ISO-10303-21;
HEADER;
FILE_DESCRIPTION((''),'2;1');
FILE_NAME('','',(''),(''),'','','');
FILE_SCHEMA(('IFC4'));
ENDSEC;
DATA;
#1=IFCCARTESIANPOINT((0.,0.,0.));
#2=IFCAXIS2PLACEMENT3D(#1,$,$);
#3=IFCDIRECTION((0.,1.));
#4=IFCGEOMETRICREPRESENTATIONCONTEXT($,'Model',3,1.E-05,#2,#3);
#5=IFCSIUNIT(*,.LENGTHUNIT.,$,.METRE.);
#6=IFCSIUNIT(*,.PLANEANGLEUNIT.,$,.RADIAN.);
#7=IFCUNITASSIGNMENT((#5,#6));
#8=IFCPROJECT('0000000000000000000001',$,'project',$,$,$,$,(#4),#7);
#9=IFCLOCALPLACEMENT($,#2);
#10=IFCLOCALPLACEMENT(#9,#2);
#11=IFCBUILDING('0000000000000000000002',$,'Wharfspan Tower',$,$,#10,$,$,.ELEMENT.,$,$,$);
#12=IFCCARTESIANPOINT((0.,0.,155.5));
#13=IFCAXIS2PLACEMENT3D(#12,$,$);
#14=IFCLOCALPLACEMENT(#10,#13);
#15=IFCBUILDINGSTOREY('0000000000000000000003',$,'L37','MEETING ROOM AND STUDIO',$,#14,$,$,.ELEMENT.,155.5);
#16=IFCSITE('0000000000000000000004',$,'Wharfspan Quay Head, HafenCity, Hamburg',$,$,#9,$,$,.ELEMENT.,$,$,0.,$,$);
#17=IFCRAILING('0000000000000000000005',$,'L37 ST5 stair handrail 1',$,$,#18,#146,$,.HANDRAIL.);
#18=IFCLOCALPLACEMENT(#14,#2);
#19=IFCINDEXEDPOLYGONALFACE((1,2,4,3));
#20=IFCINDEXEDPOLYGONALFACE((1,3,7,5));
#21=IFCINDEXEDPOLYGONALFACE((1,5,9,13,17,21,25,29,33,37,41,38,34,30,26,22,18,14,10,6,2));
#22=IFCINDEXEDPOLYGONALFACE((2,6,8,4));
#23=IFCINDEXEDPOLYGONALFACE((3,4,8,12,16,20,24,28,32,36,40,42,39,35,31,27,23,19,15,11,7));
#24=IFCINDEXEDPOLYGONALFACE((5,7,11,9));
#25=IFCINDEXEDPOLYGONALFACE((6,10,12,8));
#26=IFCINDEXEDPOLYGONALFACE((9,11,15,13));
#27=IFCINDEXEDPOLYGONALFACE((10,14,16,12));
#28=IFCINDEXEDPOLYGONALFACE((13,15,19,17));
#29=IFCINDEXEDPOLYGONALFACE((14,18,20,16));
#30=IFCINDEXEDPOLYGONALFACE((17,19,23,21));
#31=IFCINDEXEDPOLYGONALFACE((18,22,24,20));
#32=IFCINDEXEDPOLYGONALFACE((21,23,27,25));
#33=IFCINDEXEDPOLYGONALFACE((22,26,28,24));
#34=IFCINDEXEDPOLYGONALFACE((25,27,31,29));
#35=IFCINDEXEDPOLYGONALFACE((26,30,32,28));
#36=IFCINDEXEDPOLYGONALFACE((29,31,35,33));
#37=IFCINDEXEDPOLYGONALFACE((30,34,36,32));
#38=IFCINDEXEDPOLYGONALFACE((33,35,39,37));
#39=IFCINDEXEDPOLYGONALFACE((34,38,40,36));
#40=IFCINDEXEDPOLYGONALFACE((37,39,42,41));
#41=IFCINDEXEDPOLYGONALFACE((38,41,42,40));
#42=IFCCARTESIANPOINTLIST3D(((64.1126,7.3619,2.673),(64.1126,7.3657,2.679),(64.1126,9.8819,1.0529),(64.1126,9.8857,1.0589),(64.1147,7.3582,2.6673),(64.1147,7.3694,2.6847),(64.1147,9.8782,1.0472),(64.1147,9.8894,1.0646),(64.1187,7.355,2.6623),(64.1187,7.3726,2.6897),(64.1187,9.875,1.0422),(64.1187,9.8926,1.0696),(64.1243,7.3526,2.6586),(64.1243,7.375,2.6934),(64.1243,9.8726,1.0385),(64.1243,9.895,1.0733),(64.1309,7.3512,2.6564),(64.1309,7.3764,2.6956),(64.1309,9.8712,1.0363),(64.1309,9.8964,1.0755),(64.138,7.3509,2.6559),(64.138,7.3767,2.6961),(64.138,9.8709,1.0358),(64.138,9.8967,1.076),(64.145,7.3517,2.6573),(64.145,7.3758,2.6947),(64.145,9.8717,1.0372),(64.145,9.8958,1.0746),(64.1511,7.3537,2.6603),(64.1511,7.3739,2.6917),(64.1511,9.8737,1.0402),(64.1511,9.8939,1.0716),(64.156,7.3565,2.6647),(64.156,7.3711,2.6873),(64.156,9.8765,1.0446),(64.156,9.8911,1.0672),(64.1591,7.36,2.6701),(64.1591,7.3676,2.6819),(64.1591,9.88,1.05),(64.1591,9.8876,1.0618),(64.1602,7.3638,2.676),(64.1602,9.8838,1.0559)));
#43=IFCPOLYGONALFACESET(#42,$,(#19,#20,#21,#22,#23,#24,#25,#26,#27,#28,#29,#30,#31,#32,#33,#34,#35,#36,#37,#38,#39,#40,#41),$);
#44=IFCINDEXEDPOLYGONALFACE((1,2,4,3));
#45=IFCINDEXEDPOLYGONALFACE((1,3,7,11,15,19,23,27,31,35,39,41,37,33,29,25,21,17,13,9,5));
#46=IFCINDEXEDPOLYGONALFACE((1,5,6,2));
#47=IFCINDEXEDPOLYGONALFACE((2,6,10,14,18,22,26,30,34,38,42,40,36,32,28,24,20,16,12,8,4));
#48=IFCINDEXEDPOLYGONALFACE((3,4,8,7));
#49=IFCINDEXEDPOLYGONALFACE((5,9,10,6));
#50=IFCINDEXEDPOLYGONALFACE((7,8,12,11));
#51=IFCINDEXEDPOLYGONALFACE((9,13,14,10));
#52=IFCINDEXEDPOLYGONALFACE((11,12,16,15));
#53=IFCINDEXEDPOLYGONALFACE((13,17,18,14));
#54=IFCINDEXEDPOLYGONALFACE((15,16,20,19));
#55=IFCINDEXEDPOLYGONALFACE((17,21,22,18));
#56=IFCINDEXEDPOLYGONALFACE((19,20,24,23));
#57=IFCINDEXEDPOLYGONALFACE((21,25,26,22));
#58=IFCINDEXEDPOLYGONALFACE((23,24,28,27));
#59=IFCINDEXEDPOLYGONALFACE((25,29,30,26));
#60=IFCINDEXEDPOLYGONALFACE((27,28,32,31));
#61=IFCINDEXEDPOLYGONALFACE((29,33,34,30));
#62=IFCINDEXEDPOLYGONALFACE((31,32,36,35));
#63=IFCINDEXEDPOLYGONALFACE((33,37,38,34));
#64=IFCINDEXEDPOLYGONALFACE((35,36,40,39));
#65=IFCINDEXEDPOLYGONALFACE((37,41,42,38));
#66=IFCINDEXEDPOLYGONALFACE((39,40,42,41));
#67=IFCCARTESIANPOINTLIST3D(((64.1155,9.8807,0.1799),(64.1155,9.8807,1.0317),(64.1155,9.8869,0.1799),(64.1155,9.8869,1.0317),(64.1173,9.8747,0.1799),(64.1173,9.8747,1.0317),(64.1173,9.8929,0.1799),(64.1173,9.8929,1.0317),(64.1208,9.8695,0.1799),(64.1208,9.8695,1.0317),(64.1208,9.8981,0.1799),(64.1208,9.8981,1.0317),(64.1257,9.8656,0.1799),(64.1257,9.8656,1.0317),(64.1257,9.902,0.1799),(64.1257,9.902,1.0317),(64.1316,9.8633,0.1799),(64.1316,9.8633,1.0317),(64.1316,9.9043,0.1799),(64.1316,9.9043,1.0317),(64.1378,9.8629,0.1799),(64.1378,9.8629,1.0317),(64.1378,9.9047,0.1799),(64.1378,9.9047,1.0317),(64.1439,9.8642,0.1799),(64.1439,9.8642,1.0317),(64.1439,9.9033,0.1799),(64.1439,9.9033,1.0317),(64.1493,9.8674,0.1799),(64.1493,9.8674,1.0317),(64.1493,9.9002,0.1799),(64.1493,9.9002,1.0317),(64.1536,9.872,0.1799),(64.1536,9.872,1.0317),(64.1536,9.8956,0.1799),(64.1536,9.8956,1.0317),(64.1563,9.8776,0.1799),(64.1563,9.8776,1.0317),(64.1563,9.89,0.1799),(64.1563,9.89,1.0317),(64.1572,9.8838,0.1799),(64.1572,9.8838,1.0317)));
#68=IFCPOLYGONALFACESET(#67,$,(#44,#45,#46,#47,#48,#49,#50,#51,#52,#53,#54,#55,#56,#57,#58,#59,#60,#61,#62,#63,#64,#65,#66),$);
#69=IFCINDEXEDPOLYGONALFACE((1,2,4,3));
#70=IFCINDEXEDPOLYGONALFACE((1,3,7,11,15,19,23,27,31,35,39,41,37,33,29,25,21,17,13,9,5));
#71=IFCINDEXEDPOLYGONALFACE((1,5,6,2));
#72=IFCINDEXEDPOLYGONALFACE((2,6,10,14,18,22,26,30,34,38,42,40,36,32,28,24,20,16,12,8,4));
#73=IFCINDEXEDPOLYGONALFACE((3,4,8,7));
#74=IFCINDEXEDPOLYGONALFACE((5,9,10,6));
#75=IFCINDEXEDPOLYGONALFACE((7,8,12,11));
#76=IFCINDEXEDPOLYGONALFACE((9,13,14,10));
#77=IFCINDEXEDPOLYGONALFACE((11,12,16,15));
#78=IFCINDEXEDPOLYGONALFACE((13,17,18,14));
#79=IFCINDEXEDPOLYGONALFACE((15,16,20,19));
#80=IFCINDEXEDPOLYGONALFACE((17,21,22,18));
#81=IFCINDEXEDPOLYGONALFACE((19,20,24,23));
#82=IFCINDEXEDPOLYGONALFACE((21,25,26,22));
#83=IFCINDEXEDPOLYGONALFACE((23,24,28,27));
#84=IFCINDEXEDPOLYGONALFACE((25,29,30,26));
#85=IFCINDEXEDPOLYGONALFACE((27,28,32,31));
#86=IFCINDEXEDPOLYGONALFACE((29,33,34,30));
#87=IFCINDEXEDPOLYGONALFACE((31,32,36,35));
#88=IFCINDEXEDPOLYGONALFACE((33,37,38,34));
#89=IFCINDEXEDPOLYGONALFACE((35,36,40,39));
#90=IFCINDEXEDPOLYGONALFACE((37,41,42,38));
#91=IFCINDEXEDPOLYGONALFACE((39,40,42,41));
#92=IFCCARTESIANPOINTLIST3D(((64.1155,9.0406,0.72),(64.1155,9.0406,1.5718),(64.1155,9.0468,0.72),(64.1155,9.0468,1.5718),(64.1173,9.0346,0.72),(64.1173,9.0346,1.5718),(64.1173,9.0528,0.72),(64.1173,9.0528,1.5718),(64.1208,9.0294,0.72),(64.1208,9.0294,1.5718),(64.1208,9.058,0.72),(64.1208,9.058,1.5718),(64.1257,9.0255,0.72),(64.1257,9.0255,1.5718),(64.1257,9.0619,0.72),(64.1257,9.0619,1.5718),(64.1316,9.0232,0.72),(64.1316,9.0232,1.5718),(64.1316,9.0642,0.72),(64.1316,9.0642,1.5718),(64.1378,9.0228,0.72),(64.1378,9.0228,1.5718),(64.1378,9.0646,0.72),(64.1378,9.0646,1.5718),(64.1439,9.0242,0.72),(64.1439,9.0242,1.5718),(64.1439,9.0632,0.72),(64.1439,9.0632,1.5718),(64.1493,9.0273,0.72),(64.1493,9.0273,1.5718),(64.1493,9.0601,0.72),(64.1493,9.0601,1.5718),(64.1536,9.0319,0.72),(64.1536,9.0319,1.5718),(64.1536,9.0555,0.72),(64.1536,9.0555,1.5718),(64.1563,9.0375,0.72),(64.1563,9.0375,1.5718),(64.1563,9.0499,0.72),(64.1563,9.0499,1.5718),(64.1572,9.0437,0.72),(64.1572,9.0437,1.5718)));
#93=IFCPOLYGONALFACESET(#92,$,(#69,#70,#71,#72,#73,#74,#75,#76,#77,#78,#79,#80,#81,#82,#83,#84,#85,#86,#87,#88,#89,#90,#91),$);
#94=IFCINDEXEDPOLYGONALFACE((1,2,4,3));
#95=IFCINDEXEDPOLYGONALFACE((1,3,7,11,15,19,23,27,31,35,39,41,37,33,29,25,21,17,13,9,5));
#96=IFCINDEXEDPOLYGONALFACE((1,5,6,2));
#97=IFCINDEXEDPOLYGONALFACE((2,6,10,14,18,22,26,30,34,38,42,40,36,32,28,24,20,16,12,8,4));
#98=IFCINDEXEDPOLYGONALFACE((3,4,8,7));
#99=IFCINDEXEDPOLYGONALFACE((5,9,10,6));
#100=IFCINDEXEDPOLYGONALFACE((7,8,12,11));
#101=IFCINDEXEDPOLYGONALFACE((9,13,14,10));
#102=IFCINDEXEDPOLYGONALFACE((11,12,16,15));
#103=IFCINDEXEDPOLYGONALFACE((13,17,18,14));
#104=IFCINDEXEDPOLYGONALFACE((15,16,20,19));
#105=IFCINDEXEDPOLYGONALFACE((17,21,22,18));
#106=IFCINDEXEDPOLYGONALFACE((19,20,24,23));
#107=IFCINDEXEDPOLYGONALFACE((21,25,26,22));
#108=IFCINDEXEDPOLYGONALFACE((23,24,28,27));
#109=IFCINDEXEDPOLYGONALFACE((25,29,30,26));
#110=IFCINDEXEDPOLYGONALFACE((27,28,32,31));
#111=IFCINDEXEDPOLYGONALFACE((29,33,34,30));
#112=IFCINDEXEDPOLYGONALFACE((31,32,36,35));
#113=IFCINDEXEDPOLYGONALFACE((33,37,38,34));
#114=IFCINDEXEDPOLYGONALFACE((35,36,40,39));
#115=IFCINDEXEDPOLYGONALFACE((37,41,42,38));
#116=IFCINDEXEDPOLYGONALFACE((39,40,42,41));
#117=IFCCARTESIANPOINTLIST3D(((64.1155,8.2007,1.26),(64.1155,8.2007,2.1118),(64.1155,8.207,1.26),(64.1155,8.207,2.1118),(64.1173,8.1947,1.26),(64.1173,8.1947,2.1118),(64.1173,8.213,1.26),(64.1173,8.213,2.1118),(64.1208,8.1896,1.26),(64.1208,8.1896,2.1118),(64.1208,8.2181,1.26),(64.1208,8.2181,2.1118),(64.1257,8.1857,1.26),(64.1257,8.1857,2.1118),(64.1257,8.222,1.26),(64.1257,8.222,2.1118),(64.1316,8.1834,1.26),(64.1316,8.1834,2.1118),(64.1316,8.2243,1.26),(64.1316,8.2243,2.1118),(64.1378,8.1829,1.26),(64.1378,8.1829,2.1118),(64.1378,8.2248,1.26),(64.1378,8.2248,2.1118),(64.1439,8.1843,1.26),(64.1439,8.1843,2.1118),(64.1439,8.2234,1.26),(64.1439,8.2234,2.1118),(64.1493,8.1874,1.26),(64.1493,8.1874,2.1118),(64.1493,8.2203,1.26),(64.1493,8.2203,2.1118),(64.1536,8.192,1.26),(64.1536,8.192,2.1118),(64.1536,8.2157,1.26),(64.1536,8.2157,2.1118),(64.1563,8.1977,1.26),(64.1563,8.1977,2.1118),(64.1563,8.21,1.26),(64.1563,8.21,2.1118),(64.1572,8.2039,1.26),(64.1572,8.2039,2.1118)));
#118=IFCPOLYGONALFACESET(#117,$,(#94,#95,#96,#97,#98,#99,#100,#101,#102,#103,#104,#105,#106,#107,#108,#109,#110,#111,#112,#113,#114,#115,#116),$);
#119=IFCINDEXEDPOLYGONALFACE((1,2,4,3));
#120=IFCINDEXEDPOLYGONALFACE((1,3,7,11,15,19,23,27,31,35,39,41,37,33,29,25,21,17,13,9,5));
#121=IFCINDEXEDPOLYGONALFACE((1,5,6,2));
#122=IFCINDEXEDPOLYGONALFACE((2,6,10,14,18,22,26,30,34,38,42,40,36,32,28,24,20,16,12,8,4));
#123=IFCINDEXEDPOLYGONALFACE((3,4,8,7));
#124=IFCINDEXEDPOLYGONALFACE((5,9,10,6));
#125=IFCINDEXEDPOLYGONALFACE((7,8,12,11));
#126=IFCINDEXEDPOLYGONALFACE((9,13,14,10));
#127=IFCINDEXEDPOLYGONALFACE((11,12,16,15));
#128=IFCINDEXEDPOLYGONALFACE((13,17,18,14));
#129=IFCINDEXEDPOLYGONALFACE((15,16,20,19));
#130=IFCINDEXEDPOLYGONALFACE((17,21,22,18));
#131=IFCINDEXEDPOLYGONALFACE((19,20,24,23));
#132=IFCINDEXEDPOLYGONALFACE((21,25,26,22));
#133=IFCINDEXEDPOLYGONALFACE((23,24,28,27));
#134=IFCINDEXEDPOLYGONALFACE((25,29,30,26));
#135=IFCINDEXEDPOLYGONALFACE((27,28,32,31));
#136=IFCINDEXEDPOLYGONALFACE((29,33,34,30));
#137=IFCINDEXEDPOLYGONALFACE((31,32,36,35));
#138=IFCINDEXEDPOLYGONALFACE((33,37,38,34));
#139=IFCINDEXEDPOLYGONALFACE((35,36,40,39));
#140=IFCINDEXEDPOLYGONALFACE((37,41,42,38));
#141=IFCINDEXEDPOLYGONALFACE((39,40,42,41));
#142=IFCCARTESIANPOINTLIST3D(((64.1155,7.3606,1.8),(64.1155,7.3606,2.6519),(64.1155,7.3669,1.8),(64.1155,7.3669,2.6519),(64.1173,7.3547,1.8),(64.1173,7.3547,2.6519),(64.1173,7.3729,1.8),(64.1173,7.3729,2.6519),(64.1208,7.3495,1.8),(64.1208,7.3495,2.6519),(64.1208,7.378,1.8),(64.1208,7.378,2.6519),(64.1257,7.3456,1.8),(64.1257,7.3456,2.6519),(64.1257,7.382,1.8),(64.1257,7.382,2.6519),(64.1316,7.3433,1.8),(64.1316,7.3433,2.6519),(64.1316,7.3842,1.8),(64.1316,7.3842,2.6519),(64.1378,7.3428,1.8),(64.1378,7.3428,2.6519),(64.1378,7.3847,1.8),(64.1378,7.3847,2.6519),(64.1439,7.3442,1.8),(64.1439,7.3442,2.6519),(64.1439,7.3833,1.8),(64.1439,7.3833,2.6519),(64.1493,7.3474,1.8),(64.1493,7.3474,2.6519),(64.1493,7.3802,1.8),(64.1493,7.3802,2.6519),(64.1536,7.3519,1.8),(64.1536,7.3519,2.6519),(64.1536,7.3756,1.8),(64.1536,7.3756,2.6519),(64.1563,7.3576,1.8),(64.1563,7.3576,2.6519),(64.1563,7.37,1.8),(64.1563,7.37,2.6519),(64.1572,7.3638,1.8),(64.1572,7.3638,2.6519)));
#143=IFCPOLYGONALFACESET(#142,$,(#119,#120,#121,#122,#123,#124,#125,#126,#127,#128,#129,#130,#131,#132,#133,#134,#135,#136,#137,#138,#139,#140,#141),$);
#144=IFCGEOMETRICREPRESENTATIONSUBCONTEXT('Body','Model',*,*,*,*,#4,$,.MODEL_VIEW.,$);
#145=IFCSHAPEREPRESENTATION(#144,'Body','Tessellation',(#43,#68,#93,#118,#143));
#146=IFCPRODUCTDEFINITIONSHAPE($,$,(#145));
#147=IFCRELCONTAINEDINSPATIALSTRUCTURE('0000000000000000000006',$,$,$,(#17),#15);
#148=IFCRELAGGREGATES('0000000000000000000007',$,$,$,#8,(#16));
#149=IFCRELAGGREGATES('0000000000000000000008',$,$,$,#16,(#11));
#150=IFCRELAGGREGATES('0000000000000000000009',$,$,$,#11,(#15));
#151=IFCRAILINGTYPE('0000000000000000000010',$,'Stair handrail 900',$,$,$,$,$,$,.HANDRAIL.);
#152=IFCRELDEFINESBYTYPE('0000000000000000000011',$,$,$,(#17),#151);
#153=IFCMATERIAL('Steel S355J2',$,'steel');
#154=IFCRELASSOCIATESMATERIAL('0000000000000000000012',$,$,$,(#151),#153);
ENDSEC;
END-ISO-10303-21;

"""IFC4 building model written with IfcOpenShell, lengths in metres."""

from ifc_helpers import new_model, si_unit, direction, frame, origin, origin_2d, place, context, subcontext, project, spatial, circle, extrude, material, type_object, element, save


model = new_model("IFC4")

# Units and contexts
model_context = context("Model", 3, precision=1e-05, world=origin(), true_north=direction((0.0, 1.0)))
body_context = subcontext(model_context, "Body", "Model", "MODEL_VIEW")
ifc_project = project(units=[si_unit("LENGTHUNIT", "METRE"), si_unit("PLANEANGLEUNIT", "RADIAN")], contexts=[model_context])

# Site, building, storey
site_placement = place(None, origin())
site = spatial("IfcSite", under=ifc_project, at=site_placement, Name="Wharfspan Quay Head, HafenCity, Hamburg", CompositionType="ELEMENT", RefElevation=0.0)
building_placement = place(site_placement, origin())
building = spatial("IfcBuilding", under=site, at=building_placement, Name="Wharfspan Tower", CompositionType="ELEMENT")
storey_placement = place(building_placement, frame((0.0, 0.0, 155.5)))
storey = spatial("IfcBuildingStorey", under=building, at=storey_placement, Name="L37", Description="MEETING ROOM AND STUDIO", CompositionType="ELEMENT", Elevation=155.5)

# Shared definitions
ifc_material_1 = material(Name="Steel S355J2", Category="steel")

# Railing
railing_type_1 = type_object("IfcRailingType", Name="Stair handrail 900", PredefinedType="HANDRAIL", material=ifc_material_1)
railing_1_placement = place(storey_placement, frame((64.1362, 9.8838, 0.1799)))
element("IfcRailing", 1, at=railing_1_placement, inside=storey, type_object=railing_type_1, Name="L37 ST5 stair handrail 1", PredefinedType="HANDRAIL", context=body_context, shape_type="SweptSolid", body=[
    extrude(circle(Radius=0.0239, at=origin_2d()), frame((0.0, 0.0, 0.876), z_axis=(0.0, -0.841163, 0.540782), x_axis=(1.0, 0.0, 0.0)), (0.0, 0.0, 1.0), 2.9958),
    extrude(circle(Radius=0.021, at=origin_2d()), origin(), (0.0, 0.0, 1.0), 0.8518),
    extrude(circle(Radius=0.021, at=origin_2d()), frame((0.0, -0.8401, 0.54)), (0.0, 0.0, 1.0), 0.8518),
    extrude(circle(Radius=0.021, at=origin_2d()), frame((0.0, -1.6799, 1.0801)), (0.0, 0.0, 1.0), 0.8518),
    extrude(circle(Radius=0.021, at=origin_2d()), frame((0.0, -2.52, 1.6201)), (0.0, 0.0, 1.0), 0.8518),
])

save(model, "model.ifc")
